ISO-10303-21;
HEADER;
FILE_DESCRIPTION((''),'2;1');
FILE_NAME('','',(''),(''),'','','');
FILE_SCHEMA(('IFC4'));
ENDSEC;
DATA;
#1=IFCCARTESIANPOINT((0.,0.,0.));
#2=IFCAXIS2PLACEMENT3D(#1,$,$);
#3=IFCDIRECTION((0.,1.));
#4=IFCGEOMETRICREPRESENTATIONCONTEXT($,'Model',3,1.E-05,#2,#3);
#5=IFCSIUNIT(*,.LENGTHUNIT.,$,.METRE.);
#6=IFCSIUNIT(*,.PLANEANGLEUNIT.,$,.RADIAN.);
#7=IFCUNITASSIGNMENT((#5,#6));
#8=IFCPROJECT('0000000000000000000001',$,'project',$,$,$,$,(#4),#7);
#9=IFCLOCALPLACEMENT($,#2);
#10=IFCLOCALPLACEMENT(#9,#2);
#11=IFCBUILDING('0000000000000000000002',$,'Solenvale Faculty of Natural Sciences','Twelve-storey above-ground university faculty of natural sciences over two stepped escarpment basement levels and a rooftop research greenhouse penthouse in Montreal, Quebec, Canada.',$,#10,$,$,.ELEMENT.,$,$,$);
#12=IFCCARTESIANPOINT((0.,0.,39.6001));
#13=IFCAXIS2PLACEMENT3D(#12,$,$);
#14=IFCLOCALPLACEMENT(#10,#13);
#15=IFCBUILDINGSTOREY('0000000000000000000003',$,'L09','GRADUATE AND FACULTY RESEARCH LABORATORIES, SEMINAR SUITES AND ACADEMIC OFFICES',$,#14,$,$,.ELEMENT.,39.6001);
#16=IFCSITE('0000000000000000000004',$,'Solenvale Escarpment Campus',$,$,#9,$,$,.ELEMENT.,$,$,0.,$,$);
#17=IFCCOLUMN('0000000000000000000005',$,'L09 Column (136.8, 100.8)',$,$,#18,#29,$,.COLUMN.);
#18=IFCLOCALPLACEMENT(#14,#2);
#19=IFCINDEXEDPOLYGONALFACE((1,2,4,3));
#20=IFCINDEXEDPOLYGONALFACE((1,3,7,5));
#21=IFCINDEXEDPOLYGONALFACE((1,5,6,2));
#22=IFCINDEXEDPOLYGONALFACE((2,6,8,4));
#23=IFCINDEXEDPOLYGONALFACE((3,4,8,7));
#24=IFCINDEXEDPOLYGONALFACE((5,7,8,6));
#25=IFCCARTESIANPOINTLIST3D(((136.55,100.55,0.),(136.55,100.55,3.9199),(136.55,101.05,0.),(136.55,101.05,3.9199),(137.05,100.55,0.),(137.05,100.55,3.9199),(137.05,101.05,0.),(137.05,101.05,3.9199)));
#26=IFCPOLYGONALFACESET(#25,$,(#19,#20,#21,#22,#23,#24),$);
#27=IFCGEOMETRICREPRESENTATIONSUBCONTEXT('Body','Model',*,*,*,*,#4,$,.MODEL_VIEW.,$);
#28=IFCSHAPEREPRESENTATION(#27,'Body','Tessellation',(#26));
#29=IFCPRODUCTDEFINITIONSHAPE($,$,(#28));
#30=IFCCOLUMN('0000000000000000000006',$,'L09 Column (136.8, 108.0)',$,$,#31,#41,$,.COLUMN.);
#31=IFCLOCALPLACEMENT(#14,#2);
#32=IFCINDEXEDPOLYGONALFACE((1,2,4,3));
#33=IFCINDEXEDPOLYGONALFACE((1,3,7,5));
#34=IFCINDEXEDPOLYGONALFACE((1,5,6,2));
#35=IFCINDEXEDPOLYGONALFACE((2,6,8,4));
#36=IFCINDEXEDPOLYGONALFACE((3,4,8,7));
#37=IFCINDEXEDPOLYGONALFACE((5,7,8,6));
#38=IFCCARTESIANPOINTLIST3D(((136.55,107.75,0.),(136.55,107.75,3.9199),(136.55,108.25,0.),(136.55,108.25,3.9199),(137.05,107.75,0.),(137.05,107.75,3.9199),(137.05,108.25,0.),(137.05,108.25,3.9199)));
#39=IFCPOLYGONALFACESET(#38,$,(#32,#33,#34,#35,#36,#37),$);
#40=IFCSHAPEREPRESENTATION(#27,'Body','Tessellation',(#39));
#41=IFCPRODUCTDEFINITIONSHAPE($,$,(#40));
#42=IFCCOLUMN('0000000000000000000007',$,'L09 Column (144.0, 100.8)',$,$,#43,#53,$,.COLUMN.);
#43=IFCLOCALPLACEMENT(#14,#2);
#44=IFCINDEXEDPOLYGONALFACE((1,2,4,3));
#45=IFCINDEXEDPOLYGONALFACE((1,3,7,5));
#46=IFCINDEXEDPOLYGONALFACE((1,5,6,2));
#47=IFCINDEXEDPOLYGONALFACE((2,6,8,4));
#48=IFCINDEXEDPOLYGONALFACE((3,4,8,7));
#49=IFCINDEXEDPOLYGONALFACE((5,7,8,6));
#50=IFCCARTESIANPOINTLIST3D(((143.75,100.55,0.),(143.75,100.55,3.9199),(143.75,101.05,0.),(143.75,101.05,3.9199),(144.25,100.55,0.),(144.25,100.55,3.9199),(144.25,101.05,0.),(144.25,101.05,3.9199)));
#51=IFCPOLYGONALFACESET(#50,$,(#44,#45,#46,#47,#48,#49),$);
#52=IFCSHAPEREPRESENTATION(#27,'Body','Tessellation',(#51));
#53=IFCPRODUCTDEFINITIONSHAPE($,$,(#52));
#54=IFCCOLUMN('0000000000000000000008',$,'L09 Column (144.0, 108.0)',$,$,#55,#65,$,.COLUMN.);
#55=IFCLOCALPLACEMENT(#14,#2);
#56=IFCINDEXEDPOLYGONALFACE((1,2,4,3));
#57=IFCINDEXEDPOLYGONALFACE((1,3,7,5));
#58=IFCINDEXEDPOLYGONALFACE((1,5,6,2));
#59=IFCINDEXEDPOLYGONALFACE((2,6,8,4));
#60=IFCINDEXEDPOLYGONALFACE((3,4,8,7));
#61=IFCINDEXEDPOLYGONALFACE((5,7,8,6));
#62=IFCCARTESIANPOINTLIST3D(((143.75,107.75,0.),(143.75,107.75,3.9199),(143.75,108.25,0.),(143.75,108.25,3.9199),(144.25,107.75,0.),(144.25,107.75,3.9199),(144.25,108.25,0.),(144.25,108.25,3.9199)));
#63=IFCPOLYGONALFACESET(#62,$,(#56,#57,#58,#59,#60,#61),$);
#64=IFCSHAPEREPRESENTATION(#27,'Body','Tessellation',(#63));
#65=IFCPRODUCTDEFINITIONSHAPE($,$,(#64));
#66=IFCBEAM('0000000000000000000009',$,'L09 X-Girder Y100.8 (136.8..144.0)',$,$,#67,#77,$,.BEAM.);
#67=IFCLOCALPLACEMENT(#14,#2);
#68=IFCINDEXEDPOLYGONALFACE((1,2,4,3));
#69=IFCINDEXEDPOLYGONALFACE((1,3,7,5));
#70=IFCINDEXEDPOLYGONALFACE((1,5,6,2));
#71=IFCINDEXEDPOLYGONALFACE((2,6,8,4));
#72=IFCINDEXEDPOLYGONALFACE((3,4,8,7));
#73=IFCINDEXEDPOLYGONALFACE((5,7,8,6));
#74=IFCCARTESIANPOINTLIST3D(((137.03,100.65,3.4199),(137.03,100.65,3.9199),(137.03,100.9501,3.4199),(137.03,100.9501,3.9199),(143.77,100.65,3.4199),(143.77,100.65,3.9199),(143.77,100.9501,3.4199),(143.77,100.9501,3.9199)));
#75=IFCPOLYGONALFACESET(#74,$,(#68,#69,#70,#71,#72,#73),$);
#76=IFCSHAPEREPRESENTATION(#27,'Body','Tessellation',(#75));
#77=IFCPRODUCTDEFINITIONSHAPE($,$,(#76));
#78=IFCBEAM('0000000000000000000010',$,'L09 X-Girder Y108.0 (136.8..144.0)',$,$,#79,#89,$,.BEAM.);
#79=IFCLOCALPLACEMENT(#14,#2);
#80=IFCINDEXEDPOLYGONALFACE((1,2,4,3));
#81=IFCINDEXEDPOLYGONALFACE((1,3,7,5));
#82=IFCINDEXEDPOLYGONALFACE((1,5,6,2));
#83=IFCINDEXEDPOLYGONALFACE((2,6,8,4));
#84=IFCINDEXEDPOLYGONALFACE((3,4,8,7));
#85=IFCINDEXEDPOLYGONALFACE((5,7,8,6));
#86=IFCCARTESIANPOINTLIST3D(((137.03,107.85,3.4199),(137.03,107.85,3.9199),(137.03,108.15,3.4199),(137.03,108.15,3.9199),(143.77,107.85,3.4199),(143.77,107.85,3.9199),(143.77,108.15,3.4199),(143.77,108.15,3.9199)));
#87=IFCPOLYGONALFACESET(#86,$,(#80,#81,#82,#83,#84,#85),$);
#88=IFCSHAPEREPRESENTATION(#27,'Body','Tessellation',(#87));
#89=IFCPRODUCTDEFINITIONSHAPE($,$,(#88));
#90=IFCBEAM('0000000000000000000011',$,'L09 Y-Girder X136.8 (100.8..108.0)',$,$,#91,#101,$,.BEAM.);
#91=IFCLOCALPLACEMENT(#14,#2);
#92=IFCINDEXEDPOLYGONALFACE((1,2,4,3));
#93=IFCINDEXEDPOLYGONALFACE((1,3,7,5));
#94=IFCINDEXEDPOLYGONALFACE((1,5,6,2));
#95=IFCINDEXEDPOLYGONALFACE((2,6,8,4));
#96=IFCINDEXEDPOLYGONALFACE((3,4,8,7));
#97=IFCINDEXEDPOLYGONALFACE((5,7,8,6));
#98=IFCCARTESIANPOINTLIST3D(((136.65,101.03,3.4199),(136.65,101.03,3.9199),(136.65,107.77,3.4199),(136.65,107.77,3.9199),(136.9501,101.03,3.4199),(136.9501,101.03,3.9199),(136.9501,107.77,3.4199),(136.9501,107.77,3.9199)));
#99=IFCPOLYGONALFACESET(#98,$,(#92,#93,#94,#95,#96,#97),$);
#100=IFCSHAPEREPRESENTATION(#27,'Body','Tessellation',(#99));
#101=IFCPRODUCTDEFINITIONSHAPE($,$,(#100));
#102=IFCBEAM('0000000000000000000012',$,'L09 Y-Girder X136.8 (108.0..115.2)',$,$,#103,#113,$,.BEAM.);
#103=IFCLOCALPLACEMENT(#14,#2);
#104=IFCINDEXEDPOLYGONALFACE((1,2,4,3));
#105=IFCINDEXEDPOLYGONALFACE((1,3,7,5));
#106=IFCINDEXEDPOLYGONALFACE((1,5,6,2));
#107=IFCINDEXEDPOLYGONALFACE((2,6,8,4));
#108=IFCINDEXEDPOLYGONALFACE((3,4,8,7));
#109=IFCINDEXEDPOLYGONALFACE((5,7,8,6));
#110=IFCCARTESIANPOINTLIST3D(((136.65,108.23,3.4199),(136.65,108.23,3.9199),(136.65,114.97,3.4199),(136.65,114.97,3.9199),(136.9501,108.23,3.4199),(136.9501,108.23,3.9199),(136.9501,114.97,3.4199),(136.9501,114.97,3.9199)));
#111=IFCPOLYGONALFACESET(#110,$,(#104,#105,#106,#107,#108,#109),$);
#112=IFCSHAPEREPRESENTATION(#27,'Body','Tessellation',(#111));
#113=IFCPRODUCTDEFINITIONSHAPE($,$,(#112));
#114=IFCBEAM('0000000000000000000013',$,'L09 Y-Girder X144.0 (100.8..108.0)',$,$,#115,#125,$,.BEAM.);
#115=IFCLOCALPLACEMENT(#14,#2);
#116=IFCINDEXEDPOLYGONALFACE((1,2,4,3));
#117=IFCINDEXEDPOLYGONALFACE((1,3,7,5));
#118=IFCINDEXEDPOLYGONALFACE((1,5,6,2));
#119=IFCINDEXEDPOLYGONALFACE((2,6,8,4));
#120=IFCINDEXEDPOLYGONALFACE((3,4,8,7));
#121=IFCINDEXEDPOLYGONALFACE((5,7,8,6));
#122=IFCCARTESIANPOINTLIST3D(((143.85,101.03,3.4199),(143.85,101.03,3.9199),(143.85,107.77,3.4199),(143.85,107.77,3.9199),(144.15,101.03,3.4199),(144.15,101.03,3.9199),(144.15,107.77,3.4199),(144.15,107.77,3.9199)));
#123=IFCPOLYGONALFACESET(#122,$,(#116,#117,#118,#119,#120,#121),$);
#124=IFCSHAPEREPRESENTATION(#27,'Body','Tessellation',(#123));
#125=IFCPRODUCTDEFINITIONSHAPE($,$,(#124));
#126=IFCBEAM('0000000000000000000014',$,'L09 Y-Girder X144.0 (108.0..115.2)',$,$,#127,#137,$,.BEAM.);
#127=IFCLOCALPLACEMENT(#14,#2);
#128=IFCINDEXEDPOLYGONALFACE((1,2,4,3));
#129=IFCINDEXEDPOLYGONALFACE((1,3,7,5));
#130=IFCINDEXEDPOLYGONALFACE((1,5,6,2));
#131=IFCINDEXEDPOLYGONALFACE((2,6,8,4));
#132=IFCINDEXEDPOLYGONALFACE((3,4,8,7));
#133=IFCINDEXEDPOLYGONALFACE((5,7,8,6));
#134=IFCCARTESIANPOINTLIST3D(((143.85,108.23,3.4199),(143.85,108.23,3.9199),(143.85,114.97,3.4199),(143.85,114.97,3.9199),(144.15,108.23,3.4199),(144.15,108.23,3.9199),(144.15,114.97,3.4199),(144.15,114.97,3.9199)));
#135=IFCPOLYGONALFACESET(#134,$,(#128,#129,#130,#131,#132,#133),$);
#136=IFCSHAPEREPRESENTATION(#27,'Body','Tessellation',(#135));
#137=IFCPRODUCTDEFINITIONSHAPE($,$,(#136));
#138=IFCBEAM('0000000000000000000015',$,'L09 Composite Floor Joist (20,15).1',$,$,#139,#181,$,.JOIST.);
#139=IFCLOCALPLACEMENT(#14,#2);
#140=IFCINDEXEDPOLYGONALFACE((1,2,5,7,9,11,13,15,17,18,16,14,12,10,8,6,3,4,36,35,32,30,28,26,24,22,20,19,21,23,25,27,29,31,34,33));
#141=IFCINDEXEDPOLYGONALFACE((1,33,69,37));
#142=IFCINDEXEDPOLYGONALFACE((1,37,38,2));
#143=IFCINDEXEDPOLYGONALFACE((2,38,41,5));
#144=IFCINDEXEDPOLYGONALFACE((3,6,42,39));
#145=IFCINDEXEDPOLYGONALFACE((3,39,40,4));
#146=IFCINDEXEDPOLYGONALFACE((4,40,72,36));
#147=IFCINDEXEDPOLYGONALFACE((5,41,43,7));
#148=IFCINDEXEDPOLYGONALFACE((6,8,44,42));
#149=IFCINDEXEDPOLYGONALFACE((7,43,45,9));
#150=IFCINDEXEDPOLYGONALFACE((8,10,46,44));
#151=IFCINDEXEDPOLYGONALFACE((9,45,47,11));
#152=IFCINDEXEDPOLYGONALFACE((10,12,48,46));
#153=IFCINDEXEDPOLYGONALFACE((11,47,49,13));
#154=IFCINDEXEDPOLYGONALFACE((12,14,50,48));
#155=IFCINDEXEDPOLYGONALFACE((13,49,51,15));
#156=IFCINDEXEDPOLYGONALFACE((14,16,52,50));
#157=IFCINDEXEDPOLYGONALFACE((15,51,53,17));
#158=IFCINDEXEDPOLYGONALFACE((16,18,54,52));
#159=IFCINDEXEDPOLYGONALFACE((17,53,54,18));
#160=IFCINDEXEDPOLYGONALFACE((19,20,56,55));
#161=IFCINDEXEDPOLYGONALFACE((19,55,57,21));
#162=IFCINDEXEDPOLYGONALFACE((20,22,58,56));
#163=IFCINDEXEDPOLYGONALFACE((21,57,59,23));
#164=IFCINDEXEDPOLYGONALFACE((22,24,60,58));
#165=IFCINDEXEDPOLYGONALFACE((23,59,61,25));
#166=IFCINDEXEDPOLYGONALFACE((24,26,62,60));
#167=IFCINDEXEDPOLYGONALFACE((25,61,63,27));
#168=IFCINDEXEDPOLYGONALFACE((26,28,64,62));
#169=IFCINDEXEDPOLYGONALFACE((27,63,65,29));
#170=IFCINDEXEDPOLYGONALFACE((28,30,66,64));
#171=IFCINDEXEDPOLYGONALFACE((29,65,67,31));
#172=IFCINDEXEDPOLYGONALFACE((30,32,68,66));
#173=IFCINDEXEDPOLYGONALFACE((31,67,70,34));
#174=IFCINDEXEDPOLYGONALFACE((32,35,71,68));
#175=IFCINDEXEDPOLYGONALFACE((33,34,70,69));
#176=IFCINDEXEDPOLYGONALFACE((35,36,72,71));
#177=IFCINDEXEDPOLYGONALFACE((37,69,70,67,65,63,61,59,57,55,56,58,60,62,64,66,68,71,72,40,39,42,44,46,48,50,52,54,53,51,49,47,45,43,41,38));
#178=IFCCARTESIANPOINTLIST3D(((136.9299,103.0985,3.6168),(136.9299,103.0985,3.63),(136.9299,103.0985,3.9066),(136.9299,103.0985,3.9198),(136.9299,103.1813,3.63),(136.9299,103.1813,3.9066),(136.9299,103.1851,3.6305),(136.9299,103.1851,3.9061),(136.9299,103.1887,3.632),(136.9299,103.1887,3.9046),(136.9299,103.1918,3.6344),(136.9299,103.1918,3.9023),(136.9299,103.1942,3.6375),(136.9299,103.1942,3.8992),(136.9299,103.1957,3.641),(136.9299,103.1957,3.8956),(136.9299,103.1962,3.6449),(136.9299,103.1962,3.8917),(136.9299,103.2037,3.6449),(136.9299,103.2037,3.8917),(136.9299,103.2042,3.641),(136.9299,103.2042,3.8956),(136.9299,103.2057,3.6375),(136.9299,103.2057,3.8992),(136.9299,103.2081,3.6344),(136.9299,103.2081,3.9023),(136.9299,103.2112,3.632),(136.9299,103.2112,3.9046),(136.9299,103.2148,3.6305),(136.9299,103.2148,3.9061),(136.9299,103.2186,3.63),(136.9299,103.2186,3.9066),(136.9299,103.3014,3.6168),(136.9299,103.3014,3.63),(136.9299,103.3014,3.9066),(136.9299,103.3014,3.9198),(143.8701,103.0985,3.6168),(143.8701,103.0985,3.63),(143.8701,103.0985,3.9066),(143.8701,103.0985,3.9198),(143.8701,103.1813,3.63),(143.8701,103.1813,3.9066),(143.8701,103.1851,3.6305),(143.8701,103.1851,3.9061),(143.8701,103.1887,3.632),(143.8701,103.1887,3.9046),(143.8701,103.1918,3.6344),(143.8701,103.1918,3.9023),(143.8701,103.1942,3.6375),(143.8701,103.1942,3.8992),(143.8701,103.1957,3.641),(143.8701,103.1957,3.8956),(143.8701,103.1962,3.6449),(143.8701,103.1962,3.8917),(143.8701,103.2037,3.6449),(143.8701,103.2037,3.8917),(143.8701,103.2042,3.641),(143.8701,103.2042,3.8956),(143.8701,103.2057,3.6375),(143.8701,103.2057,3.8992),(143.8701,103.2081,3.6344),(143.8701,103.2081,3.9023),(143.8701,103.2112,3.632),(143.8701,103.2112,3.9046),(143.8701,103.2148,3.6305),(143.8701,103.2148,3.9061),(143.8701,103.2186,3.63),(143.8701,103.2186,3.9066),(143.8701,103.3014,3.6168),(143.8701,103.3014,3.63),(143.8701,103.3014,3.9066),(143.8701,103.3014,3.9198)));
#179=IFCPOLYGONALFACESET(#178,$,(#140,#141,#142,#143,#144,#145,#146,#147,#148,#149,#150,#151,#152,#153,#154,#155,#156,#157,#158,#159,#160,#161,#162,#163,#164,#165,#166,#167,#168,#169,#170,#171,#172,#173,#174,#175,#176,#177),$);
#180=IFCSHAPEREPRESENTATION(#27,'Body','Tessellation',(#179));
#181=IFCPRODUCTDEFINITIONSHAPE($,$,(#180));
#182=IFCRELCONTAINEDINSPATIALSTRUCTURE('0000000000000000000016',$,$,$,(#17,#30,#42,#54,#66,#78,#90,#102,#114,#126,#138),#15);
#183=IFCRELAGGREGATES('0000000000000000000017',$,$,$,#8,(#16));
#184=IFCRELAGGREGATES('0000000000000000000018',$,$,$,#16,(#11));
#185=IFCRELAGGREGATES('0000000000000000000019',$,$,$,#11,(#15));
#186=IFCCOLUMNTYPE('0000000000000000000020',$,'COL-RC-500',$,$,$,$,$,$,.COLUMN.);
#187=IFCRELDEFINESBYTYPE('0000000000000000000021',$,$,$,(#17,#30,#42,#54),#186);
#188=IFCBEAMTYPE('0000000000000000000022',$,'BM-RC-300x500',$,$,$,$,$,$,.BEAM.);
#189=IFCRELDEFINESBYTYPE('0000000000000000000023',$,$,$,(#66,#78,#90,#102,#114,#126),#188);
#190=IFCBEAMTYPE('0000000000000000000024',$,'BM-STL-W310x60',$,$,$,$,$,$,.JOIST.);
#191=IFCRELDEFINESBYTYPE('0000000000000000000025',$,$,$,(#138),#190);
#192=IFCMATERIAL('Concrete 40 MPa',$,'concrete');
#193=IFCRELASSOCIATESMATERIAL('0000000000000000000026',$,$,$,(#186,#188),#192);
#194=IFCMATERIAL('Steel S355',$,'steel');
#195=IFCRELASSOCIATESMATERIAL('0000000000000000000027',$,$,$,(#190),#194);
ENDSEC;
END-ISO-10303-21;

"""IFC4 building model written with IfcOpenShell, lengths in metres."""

from ifc_helpers import new_model, si_unit, direction, frame, origin, origin_2d, place, context, subcontext, project, spatial, rectangle, i_section, extrude, material, material_profile, profile_set, type_object, element, save


model = new_model("IFC4")

# Units and contexts
model_context = context("Model", 3, precision=1e-05, world=origin(), true_north=direction((0.0, 1.0)))
body_context = subcontext(model_context, "Body", "Model", "MODEL_VIEW")
ifc_project = project(units=[si_unit("LENGTHUNIT", "METRE"), si_unit("PLANEANGLEUNIT", "RADIAN")], contexts=[model_context])

# Site, building, storey
site_placement = place(None, origin())
site = spatial("IfcSite", under=ifc_project, at=site_placement, Name="Solenvale Escarpment Campus", CompositionType="ELEMENT", RefElevation=0.0)
building_placement = place(site_placement, origin())
building = spatial("IfcBuilding", under=site, at=building_placement, Name="Solenvale Faculty of Natural Sciences", Description="Twelve-storey above-ground university faculty of natural sciences over two stepped escarpment basement levels and a rooftop research greenhouse penthouse in Montreal, Quebec, Canada.", CompositionType="ELEMENT")
storey_placement = place(building_placement, frame((0.0, 0.0, 39.6001)))
storey = spatial("IfcBuildingStorey", under=building, at=storey_placement, Name="L09", Description="GRADUATE AND FACULTY RESEARCH LABORATORIES, SEMINAR SUITES AND ACADEMIC OFFICES", CompositionType="ELEMENT", Elevation=39.6001)

# Columns
ifc_material_1 = material(Name="Concrete 40 MPa", Category="concrete")
ifc_material_profile_1 = material_profile(ifc_material_1, rectangle(XDim=0.5, YDim=0.5, at=origin_2d()), Name="RC-COL-500x500")
ifc_profile_set_1 = profile_set([ifc_material_profile_1], Name="Concrete 40 MPa")
column_type = type_object("IfcColumnType", Name="COL-RC-500", PredefinedType="COLUMN", material=ifc_profile_set_1)
for number, where, z_axis, x_axis, name in (
    (1, (136.8, 100.8, 0.0), (0.0, 0.0, 1.0), (1.0, 0.0, 0.0), "L09 Column (136.8, 100.8)"),
    (2, (136.8, 108.0, 0.0), (0.0, 0.0, 1.0), (1.0, 0.0, 0.0), "L09 Column (136.8, 108.0)"),
    (3, (144.0, 100.8, 0.0), (0.0, 0.0, 1.0), (1.0, 0.0, 0.0), "L09 Column (144.0, 100.8)"),
    (4, (144.0, 108.0, 0.0), (0.0, 0.0, 1.0), (1.0, 0.0, 0.0), "L09 Column (144.0, 108.0)"),
):
    element("IfcColumn", number, at=place(storey_placement, frame(where, z_axis=z_axis, x_axis=x_axis)), inside=storey, type_object=column_type, Name=name, PredefinedType="COLUMN", context=body_context, shape_type="SweptSolid", body=[
        extrude(rectangle(XDim=0.5, YDim=0.5, at=origin_2d()), origin(), (0.0, 0.0, 1.0), 3.9199),
    ])

# Beams
ifc_material_profile_2 = material_profile(ifc_material_1, rectangle(XDim=0.3, YDim=0.5, at=origin_2d()), Name="RC-BM-300x500")
ifc_profile_set_2 = profile_set([ifc_material_profile_2], Name="Concrete 40 MPa")
beam_type_1 = type_object("IfcBeamType", Name="BM-RC-300x500", PredefinedType="BEAM", material=ifc_profile_set_2)
for number, where, z_axis, x_axis, name in (
    (5, (137.03, 100.8, 3.6699), (1.0, 0.0, 0.0), (0.0, 1.0, 0.0), "L09 X-Girder Y100.8 (136.8..144.0)"),
    (6, (137.03, 108.0, 3.6699), (1.0, 0.0, 0.0), (0.0, 1.0, 0.0), "L09 X-Girder Y108.0 (136.8..144.0)"),
    (7, (136.8, 101.03, 3.6699), (0.0, 1.0, 0.0), (-1.0, 0.0, 0.0), "L09 Y-Girder X136.8 (100.8..108.0)"),
    (8, (136.8, 108.23, 3.6699), (0.0, 1.0, 0.0), (-1.0, 0.0, 0.0), "L09 Y-Girder X136.8 (108.0..115.2)"),
    (9, (144.0, 101.03, 3.6699), (0.0, 1.0, 0.0), (-1.0, 0.0, 0.0), "L09 Y-Girder X144.0 (100.8..108.0)"),
    (10, (144.0, 108.23, 3.6699), (0.0, 1.0, 0.0), (-1.0, 0.0, 0.0), "L09 Y-Girder X144.0 (108.0..115.2)"),
):
    element("IfcBeam", number, at=place(storey_placement, frame(where, z_axis=z_axis, x_axis=x_axis)), inside=storey, type_object=beam_type_1, Name=name, PredefinedType="BEAM", context=body_context, shape_type="SweptSolid", body=[
        extrude(rectangle(XDim=0.3, YDim=0.5, at=origin_2d()), origin(), (0.0, 0.0, 1.0), 6.74),
    ])
ifc_material_2 = material(Name="Steel S355", Category="steel")
ifc_material_profile_3 = material_profile(ifc_material_2, i_section(OverallWidth=0.2029, OverallDepth=0.303, WebThickness=0.0076, FlangeThickness=0.0132, FilletRadius=0.0149, at=origin_2d()), Name="W310x60")
ifc_profile_set_3 = profile_set([ifc_material_profile_3], Name="Steel S355")
beam_type_2 = type_object("IfcBeamType", Name="BM-STL-W310x60", PredefinedType="JOIST", material=ifc_profile_set_3)
for number, where, z_axis, x_axis, name in (
    (11, (136.9299, 103.2, 3.7683), (1.0, 0.0, 0.0), (0.0, 1.0, 0.0), "L09 Composite Floor Joist (20,15).1"),
):
    element("IfcBeam", number, at=place(storey_placement, frame(where, z_axis=z_axis, x_axis=x_axis)), inside=storey, type_object=beam_type_2, Name=name, PredefinedType="JOIST", context=body_context, shape_type="SweptSolid", body=[
        extrude(i_section(OverallWidth=0.2029, OverallDepth=0.303, WebThickness=0.0076, FlangeThickness=0.0132, FilletRadius=0.0149, at=origin_2d()), origin(), (0.0, 0.0, 1.0), 6.9402),
    ])

save(model, "model.ifc")
